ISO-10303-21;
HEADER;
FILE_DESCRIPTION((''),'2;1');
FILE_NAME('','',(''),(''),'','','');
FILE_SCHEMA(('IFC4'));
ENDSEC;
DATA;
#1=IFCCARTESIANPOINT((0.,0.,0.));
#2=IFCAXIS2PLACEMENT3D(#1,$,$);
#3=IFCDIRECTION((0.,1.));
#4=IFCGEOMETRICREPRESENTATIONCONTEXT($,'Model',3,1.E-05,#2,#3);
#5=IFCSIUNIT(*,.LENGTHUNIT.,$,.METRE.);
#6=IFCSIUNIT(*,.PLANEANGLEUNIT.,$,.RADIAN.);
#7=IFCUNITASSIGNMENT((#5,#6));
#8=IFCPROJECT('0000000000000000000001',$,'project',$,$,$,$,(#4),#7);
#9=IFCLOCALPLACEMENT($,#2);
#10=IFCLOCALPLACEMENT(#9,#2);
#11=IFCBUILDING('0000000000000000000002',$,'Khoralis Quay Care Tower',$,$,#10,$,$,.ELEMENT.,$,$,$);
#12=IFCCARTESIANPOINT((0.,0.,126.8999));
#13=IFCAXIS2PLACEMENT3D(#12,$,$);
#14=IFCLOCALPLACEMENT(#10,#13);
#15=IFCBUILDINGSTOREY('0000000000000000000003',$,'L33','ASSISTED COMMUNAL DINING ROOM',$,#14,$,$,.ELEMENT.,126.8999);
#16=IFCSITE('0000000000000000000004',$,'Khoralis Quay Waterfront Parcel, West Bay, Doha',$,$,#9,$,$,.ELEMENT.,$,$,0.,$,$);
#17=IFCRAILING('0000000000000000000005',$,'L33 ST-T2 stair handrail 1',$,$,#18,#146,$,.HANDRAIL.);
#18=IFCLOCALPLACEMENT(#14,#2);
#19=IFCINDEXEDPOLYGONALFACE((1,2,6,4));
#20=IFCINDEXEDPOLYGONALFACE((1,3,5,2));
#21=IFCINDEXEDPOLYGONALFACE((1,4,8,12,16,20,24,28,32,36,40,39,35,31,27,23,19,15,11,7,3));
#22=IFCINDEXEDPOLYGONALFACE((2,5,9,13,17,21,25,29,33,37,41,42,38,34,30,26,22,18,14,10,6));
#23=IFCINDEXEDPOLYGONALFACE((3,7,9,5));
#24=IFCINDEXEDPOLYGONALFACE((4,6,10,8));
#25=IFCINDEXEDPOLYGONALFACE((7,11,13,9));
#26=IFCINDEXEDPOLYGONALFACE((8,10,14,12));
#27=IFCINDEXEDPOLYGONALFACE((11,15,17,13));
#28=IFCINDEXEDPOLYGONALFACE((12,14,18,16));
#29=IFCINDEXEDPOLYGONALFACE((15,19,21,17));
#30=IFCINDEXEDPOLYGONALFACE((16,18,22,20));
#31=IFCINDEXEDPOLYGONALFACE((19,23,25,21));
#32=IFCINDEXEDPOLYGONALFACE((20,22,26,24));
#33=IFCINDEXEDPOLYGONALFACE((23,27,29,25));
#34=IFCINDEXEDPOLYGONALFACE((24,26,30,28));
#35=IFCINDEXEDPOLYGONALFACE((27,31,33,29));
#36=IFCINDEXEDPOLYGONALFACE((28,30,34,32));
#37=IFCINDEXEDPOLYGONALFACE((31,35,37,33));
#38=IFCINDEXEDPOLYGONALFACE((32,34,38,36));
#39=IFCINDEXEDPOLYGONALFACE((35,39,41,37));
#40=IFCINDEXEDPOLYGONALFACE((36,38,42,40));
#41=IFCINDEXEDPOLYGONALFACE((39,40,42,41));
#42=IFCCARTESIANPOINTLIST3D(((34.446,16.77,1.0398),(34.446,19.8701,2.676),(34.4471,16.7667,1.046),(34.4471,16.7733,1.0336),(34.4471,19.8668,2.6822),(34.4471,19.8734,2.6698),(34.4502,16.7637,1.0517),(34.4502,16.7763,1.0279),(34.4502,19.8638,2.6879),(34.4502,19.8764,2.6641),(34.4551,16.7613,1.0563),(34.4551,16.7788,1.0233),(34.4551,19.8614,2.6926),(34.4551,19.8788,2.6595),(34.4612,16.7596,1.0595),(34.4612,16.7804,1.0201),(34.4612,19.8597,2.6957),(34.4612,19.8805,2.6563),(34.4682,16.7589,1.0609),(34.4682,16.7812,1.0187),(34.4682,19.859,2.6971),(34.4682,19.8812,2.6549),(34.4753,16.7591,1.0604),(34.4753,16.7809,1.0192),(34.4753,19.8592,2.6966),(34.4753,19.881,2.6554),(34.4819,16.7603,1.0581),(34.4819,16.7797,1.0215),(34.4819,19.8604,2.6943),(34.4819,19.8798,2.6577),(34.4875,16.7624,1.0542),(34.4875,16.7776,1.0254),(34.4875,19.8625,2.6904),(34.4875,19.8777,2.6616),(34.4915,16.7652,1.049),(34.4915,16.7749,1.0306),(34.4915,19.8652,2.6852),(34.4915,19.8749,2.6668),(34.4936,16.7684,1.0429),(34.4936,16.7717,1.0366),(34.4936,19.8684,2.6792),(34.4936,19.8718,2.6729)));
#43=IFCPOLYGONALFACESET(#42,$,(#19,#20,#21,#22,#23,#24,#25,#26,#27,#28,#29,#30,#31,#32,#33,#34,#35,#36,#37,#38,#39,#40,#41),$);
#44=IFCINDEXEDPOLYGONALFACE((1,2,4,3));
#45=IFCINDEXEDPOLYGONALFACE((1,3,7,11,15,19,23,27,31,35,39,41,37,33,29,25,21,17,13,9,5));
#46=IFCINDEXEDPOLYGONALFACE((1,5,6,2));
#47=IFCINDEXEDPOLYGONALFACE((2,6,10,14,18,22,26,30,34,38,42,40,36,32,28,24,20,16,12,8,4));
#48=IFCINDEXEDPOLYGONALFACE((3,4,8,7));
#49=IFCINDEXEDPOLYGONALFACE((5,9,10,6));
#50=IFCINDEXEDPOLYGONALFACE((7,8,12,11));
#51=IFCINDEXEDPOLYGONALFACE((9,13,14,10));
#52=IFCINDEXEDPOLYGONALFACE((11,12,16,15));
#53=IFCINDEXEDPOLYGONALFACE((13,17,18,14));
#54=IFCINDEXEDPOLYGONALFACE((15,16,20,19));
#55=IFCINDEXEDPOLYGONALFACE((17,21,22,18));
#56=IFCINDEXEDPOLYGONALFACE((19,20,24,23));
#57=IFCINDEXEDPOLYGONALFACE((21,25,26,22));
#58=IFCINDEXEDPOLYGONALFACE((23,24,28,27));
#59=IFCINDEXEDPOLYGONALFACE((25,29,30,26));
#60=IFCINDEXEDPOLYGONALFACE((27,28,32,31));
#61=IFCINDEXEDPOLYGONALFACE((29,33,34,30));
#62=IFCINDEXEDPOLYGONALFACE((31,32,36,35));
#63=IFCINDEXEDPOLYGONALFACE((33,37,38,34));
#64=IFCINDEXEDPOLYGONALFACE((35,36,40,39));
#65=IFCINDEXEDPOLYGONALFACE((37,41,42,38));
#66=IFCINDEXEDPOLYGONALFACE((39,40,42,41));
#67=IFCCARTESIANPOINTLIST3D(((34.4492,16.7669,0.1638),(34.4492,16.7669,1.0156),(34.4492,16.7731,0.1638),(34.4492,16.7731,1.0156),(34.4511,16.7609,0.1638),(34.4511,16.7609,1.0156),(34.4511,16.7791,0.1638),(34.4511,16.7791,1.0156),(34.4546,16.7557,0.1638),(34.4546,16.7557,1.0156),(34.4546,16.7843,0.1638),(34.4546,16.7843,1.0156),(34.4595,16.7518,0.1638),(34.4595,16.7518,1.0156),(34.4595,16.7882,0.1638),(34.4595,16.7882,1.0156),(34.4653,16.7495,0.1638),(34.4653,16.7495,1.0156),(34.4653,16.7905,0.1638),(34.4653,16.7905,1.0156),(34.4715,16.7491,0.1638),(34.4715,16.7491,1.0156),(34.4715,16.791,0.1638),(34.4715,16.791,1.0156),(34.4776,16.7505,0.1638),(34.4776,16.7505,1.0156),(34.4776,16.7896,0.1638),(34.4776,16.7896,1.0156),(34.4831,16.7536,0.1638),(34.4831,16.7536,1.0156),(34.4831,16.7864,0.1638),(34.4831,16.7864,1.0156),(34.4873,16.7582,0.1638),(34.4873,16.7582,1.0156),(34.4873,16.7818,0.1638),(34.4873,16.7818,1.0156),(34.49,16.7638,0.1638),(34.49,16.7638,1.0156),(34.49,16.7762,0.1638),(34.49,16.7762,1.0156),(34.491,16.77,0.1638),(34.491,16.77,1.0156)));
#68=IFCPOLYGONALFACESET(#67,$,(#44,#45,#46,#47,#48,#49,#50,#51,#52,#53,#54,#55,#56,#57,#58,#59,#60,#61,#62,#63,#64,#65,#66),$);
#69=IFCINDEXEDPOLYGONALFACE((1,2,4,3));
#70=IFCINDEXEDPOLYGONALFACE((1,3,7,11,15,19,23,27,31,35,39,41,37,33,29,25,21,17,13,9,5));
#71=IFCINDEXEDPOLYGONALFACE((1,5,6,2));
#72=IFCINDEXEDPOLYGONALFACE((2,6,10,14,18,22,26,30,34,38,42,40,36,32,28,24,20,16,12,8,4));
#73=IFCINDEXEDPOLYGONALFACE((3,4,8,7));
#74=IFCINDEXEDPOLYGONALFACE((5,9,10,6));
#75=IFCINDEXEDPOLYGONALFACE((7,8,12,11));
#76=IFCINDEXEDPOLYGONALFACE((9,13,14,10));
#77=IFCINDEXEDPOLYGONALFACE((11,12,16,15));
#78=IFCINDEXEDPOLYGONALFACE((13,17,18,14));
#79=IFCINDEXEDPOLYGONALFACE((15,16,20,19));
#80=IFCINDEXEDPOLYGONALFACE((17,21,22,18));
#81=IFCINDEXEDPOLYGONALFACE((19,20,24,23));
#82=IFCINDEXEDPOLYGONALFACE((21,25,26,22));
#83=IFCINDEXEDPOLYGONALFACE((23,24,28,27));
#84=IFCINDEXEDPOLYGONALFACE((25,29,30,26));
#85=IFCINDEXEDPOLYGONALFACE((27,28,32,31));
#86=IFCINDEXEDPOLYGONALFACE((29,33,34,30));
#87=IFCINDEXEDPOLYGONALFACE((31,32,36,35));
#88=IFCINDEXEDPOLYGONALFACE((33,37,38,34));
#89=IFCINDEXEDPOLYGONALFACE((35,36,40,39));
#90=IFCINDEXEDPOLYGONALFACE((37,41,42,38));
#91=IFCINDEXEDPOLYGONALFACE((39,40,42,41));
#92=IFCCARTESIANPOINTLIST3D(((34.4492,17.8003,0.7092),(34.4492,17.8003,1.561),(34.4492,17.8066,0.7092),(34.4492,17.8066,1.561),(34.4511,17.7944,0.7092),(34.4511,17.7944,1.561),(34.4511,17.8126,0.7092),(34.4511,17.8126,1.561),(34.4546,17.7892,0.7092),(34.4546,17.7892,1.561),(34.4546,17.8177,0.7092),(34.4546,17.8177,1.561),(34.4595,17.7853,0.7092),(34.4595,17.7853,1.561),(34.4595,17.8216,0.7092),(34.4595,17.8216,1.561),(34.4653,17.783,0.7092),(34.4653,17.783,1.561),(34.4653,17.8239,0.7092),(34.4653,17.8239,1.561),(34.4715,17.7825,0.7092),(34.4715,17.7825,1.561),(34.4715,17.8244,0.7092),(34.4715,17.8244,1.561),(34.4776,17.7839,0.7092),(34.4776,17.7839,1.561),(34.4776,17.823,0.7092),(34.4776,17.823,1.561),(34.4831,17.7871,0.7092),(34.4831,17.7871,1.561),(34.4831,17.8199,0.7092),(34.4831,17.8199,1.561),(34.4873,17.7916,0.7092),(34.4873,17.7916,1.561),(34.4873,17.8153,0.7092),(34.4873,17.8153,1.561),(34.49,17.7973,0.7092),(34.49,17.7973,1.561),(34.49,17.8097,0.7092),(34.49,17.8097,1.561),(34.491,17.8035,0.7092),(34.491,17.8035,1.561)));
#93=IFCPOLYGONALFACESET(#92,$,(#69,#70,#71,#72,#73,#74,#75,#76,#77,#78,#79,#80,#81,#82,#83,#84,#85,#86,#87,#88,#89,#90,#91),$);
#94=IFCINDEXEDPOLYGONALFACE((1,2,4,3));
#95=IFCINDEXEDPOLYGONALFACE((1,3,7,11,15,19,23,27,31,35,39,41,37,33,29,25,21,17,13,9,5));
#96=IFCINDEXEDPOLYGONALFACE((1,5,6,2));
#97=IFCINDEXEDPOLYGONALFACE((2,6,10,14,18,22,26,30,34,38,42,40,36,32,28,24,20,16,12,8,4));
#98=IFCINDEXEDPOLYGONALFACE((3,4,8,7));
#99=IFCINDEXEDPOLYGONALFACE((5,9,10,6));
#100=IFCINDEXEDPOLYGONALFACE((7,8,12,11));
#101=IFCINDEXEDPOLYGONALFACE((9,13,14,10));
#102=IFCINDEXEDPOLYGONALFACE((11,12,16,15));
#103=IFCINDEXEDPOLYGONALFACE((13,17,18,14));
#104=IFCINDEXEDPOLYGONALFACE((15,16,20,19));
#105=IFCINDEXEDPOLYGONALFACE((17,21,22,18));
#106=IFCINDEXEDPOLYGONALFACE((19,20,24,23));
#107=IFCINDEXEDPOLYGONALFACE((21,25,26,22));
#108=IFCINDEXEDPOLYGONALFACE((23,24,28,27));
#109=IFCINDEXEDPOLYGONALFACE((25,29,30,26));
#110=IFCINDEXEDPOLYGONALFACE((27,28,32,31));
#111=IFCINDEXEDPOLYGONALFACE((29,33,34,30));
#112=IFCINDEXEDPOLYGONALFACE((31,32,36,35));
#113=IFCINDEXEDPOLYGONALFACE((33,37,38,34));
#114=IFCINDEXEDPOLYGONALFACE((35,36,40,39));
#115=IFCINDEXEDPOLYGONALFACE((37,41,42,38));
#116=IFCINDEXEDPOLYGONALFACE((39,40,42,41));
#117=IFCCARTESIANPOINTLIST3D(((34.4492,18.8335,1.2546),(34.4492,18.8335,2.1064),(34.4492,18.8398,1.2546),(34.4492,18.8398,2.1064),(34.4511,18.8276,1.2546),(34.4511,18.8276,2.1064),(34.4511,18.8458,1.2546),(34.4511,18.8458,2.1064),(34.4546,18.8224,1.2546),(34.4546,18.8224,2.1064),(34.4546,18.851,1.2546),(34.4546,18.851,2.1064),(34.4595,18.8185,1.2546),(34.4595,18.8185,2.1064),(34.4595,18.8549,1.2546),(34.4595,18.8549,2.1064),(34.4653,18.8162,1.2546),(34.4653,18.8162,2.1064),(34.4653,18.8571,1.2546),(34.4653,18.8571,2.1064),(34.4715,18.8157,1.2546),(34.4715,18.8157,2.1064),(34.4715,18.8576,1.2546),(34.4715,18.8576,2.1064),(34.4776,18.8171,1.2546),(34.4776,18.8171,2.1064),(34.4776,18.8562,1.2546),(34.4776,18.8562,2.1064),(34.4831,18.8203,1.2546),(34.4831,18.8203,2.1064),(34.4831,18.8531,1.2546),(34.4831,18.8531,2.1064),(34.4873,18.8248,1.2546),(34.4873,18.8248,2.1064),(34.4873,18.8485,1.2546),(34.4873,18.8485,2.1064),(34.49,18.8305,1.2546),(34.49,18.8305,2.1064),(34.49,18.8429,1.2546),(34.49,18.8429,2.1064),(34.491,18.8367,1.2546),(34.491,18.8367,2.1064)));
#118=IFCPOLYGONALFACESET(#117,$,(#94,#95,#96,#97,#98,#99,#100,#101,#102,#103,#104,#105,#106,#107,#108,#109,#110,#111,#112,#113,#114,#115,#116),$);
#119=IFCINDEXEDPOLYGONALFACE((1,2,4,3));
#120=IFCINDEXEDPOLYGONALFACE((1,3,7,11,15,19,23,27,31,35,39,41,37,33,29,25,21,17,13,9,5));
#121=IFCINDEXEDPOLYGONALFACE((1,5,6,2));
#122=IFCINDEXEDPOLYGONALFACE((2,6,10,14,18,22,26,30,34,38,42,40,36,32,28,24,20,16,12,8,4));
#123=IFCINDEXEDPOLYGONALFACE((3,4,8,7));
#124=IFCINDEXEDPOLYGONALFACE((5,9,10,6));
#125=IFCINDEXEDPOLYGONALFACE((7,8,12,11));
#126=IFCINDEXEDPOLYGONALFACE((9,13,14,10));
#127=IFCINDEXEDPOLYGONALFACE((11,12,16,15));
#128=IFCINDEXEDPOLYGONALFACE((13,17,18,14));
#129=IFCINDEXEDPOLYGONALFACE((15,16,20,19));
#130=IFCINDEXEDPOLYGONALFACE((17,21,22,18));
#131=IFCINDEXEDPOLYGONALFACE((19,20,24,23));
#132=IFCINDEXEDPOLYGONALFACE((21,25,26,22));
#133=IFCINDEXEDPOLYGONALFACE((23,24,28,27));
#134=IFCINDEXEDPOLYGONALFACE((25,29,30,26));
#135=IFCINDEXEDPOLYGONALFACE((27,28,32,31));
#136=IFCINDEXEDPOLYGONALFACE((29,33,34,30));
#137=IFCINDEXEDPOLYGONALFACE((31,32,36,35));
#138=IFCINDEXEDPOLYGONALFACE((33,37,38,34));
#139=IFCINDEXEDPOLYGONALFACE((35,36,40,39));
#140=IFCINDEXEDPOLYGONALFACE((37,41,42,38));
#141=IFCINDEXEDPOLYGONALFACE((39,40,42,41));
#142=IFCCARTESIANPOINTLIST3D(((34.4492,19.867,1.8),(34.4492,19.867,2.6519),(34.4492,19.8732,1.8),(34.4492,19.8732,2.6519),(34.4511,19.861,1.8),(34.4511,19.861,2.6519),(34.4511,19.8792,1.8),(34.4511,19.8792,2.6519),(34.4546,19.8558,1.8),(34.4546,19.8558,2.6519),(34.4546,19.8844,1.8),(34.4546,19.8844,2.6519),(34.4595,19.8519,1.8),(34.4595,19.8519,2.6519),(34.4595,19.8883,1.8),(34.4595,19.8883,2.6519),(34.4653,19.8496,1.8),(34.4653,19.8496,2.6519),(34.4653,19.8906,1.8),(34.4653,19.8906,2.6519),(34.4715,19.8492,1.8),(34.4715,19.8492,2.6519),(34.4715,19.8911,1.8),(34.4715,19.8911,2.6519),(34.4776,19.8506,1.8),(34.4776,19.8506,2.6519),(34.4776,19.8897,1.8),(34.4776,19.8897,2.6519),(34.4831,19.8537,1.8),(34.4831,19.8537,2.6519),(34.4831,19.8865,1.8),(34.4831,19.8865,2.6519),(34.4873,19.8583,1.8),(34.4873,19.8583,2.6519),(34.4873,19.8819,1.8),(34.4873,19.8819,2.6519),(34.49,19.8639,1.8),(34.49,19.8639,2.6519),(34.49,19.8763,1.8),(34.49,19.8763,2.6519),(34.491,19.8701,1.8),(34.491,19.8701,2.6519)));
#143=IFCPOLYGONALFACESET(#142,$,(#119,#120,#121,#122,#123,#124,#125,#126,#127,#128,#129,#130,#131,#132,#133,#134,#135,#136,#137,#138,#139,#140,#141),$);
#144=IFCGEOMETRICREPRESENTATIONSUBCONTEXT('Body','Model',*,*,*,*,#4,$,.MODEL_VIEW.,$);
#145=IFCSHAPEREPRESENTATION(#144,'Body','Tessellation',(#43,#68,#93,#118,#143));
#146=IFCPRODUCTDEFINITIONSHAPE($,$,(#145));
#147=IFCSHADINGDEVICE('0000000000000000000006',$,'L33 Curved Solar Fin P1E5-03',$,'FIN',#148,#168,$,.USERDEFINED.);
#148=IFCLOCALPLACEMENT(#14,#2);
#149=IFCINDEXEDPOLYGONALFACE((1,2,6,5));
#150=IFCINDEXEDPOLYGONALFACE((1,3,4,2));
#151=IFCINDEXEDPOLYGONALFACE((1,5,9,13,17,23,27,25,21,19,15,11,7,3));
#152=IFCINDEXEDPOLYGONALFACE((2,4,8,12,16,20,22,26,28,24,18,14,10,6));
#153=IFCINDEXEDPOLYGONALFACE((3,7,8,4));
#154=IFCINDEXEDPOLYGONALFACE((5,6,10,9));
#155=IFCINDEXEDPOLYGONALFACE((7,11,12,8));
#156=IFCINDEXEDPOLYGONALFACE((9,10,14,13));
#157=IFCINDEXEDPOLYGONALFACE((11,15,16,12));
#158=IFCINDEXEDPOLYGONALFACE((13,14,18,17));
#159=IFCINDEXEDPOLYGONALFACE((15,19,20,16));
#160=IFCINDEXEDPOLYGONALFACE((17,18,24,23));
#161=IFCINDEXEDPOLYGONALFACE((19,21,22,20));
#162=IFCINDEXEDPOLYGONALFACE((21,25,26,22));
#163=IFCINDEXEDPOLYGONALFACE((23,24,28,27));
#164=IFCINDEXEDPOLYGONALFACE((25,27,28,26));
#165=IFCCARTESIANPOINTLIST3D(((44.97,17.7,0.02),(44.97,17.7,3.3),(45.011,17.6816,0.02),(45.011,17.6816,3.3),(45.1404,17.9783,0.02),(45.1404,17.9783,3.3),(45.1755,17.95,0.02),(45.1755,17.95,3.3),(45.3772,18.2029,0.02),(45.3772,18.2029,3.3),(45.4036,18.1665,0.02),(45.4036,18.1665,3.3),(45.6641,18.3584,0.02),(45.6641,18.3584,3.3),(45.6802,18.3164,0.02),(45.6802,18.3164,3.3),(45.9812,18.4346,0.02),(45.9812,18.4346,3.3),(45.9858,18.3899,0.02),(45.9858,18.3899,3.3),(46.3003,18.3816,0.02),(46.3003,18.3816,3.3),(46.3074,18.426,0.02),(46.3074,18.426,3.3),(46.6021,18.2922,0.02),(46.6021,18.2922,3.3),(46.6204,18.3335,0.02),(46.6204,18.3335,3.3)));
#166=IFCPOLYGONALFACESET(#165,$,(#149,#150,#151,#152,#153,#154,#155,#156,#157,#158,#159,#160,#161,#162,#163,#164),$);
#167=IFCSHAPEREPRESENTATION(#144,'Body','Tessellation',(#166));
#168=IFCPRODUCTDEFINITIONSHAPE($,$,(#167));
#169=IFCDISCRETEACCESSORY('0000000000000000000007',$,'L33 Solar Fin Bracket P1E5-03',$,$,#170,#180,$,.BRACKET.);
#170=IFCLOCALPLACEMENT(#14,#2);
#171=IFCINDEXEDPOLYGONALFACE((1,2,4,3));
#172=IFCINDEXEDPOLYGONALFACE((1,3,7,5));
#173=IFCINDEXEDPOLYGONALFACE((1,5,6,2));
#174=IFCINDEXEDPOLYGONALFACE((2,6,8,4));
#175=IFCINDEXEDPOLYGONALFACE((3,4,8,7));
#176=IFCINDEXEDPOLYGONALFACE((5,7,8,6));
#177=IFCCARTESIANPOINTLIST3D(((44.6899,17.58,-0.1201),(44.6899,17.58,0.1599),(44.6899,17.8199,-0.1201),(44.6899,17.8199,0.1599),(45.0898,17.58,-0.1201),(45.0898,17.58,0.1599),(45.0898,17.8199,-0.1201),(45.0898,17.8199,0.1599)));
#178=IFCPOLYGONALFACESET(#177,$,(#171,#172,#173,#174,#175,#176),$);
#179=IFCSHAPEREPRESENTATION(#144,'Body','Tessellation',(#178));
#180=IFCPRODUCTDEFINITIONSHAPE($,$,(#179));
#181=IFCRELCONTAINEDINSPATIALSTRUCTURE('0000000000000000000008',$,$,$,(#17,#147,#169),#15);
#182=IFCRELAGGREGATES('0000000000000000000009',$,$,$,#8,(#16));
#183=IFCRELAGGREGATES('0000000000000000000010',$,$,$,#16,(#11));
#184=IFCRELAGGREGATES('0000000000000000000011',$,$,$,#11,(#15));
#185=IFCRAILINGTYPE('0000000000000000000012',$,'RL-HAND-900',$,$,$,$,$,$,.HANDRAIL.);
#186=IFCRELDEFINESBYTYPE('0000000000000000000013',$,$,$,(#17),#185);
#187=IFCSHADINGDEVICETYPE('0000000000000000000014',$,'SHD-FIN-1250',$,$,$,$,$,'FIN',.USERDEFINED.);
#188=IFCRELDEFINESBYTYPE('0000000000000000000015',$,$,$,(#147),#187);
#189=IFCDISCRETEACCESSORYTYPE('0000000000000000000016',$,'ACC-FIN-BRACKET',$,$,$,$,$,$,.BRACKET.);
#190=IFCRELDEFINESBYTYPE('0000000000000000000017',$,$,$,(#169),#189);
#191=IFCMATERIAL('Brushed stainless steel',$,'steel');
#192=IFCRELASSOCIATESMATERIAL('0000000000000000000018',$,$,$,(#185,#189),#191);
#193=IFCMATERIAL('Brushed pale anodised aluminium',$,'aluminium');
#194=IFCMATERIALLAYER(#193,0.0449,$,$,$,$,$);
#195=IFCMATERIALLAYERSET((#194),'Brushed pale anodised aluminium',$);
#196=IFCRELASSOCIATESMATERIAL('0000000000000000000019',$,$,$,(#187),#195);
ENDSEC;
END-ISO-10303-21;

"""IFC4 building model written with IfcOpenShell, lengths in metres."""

from ifc_helpers import new_model, si_unit, direction, frame, origin, origin_2d, place, context, subcontext, project, spatial, polyline, rectangle, circle, outline, extrude, source, transform, mapped, material, layer, layer_set, type_object, element, save


model = new_model("IFC4")

# Units and contexts
model_context = context("Model", 3, precision=1e-05, world=origin(), true_north=direction((0.0, 1.0)))
body_context = subcontext(model_context, "Body", "Model", "MODEL_VIEW")
ifc_project = project(units=[si_unit("LENGTHUNIT", "METRE"), si_unit("PLANEANGLEUNIT", "RADIAN")], contexts=[model_context])

# Site, building, storey
site_placement = place(None, origin())
site = spatial("IfcSite", under=ifc_project, at=site_placement, Name="Khoralis Quay Waterfront Parcel, West Bay, Doha", CompositionType="ELEMENT", RefElevation=0.0)
building_placement = place(site_placement, origin())
building = spatial("IfcBuilding", under=site, at=building_placement, Name="Khoralis Quay Care Tower", CompositionType="ELEMENT")
storey_placement = place(building_placement, frame((0.0, 0.0, 126.8999)))
storey = spatial("IfcBuildingStorey", under=building, at=storey_placement, Name="L33", Description="ASSISTED COMMUNAL DINING ROOM", CompositionType="ELEMENT", Elevation=126.8999)

# Railing
ifc_material_1 = material(Name="Brushed stainless steel", Category="steel")
railing_type_1 = type_object("IfcRailingType", Name="RL-HAND-900", PredefinedType="HANDRAIL", material=ifc_material_1)
railing_1_placement = place(storey_placement, frame((34.47, 16.77, 0.1638)))
element("IfcRailing", 1, at=railing_1_placement, inside=storey, type_object=railing_type_1, Name="L33 ST-T2 stair handrail 1", PredefinedType="HANDRAIL", context=body_context, shape_type="SweptSolid", body=[
    extrude(circle(Radius=0.0239, at=origin_2d()), frame((0.0, 0.0, 0.876), z_axis=(0.0, 0.884377, 0.466774), x_axis=(-1.0, 0.0, 0.0)), (0.0, 0.0, 1.0), 3.5054),
    extrude(circle(Radius=0.021, at=origin_2d()), origin(), (0.0, 0.0, 1.0), 0.8518),
    extrude(circle(Radius=0.021, at=origin_2d()), frame((0.0, 1.0334, 0.5454)), (0.0, 0.0, 1.0), 0.8518),
    extrude(circle(Radius=0.021, at=origin_2d()), frame((0.0, 2.0667, 1.0908)), (0.0, 0.0, 1.0), 0.8518),
    extrude(circle(Radius=0.021, at=origin_2d()), frame((0.0, 3.1001, 1.6362)), (0.0, 0.0, 1.0), 0.8518),
])

# Shading device
ifc_material_2 = material(Name="Brushed pale anodised aluminium", Category="aluminium")
ifc_layer_1 = layer(ifc_material_2, 0.0449)
ifc_layer_set_1 = layer_set([ifc_layer_1], Name="Brushed pale anodised aluminium")
shading_device_type = type_object("IfcShadingDeviceType", Name="SHD-FIN-1250", ElementType="FIN", PredefinedType="USERDEFINED", material=ifc_layer_set_1)
shared_shape_1 = source(origin(), body_context, "Body", "SweptSolid", [
    extrude(outline(polyline([(0.0, 0.0), (0.1704, 0.2783), (0.4072, 0.5029), (0.6941, 0.6584), (1.0112, 0.7346), (1.3374, 0.7261), (1.6504, 0.6335), (1.6321, 0.5923), (1.3303, 0.6816), (1.0159, 0.6899), (0.7102, 0.6165), (0.4336, 0.4666), (0.2056, 0.25), (0.041, -0.0183), (0.0, 0.0)])), origin(), (0.0, 0.0, 1.0), 3.28),
])
shading_device_placement = place(storey_placement, frame((44.97, 17.7, 0.02), z_axis=(0.0, 0.0, 1.0), x_axis=(1.0, 0.0, 0.0)))
element("IfcShadingDevice", 2, at=shading_device_placement, inside=storey, type_object=shading_device_type, Name="L33 Curved Solar Fin P1E5-03", ObjectType="FIN", PredefinedType="USERDEFINED", context=body_context, shape_type="MappedRepresentation", body=[
    mapped(shared_shape_1, transform((0.0, 0.0, 0.0), scale=1.0)),
])

# Discrete accessory
discrete_accessory_type = type_object("IfcDiscreteAccessoryType", Name="ACC-FIN-BRACKET", PredefinedType="BRACKET", material=ifc_material_1)
shared_shape_2 = source(origin(), body_context, "Body", "SweptSolid", [
    extrude(rectangle(XDim=0.3999, YDim=0.24, at=origin_2d()), origin(), (0.0, 0.0, 1.0), 0.28),
])
discrete_accessory_placement = place(storey_placement, frame((44.8899, 17.7, -0.1201), z_axis=(0.0, 0.0, 1.0), x_axis=(1.0, 0.0, 0.0)))
element("IfcDiscreteAccessory", 3, at=discrete_accessory_placement, inside=storey, type_object=discrete_accessory_type, Name="L33 Solar Fin Bracket P1E5-03", PredefinedType="BRACKET", context=body_context, shape_type="MappedRepresentation", body=[
    mapped(shared_shape_2, transform((0.0, 0.0, 0.0), scale=1.0)),
])

save(model, "model.ifc")
